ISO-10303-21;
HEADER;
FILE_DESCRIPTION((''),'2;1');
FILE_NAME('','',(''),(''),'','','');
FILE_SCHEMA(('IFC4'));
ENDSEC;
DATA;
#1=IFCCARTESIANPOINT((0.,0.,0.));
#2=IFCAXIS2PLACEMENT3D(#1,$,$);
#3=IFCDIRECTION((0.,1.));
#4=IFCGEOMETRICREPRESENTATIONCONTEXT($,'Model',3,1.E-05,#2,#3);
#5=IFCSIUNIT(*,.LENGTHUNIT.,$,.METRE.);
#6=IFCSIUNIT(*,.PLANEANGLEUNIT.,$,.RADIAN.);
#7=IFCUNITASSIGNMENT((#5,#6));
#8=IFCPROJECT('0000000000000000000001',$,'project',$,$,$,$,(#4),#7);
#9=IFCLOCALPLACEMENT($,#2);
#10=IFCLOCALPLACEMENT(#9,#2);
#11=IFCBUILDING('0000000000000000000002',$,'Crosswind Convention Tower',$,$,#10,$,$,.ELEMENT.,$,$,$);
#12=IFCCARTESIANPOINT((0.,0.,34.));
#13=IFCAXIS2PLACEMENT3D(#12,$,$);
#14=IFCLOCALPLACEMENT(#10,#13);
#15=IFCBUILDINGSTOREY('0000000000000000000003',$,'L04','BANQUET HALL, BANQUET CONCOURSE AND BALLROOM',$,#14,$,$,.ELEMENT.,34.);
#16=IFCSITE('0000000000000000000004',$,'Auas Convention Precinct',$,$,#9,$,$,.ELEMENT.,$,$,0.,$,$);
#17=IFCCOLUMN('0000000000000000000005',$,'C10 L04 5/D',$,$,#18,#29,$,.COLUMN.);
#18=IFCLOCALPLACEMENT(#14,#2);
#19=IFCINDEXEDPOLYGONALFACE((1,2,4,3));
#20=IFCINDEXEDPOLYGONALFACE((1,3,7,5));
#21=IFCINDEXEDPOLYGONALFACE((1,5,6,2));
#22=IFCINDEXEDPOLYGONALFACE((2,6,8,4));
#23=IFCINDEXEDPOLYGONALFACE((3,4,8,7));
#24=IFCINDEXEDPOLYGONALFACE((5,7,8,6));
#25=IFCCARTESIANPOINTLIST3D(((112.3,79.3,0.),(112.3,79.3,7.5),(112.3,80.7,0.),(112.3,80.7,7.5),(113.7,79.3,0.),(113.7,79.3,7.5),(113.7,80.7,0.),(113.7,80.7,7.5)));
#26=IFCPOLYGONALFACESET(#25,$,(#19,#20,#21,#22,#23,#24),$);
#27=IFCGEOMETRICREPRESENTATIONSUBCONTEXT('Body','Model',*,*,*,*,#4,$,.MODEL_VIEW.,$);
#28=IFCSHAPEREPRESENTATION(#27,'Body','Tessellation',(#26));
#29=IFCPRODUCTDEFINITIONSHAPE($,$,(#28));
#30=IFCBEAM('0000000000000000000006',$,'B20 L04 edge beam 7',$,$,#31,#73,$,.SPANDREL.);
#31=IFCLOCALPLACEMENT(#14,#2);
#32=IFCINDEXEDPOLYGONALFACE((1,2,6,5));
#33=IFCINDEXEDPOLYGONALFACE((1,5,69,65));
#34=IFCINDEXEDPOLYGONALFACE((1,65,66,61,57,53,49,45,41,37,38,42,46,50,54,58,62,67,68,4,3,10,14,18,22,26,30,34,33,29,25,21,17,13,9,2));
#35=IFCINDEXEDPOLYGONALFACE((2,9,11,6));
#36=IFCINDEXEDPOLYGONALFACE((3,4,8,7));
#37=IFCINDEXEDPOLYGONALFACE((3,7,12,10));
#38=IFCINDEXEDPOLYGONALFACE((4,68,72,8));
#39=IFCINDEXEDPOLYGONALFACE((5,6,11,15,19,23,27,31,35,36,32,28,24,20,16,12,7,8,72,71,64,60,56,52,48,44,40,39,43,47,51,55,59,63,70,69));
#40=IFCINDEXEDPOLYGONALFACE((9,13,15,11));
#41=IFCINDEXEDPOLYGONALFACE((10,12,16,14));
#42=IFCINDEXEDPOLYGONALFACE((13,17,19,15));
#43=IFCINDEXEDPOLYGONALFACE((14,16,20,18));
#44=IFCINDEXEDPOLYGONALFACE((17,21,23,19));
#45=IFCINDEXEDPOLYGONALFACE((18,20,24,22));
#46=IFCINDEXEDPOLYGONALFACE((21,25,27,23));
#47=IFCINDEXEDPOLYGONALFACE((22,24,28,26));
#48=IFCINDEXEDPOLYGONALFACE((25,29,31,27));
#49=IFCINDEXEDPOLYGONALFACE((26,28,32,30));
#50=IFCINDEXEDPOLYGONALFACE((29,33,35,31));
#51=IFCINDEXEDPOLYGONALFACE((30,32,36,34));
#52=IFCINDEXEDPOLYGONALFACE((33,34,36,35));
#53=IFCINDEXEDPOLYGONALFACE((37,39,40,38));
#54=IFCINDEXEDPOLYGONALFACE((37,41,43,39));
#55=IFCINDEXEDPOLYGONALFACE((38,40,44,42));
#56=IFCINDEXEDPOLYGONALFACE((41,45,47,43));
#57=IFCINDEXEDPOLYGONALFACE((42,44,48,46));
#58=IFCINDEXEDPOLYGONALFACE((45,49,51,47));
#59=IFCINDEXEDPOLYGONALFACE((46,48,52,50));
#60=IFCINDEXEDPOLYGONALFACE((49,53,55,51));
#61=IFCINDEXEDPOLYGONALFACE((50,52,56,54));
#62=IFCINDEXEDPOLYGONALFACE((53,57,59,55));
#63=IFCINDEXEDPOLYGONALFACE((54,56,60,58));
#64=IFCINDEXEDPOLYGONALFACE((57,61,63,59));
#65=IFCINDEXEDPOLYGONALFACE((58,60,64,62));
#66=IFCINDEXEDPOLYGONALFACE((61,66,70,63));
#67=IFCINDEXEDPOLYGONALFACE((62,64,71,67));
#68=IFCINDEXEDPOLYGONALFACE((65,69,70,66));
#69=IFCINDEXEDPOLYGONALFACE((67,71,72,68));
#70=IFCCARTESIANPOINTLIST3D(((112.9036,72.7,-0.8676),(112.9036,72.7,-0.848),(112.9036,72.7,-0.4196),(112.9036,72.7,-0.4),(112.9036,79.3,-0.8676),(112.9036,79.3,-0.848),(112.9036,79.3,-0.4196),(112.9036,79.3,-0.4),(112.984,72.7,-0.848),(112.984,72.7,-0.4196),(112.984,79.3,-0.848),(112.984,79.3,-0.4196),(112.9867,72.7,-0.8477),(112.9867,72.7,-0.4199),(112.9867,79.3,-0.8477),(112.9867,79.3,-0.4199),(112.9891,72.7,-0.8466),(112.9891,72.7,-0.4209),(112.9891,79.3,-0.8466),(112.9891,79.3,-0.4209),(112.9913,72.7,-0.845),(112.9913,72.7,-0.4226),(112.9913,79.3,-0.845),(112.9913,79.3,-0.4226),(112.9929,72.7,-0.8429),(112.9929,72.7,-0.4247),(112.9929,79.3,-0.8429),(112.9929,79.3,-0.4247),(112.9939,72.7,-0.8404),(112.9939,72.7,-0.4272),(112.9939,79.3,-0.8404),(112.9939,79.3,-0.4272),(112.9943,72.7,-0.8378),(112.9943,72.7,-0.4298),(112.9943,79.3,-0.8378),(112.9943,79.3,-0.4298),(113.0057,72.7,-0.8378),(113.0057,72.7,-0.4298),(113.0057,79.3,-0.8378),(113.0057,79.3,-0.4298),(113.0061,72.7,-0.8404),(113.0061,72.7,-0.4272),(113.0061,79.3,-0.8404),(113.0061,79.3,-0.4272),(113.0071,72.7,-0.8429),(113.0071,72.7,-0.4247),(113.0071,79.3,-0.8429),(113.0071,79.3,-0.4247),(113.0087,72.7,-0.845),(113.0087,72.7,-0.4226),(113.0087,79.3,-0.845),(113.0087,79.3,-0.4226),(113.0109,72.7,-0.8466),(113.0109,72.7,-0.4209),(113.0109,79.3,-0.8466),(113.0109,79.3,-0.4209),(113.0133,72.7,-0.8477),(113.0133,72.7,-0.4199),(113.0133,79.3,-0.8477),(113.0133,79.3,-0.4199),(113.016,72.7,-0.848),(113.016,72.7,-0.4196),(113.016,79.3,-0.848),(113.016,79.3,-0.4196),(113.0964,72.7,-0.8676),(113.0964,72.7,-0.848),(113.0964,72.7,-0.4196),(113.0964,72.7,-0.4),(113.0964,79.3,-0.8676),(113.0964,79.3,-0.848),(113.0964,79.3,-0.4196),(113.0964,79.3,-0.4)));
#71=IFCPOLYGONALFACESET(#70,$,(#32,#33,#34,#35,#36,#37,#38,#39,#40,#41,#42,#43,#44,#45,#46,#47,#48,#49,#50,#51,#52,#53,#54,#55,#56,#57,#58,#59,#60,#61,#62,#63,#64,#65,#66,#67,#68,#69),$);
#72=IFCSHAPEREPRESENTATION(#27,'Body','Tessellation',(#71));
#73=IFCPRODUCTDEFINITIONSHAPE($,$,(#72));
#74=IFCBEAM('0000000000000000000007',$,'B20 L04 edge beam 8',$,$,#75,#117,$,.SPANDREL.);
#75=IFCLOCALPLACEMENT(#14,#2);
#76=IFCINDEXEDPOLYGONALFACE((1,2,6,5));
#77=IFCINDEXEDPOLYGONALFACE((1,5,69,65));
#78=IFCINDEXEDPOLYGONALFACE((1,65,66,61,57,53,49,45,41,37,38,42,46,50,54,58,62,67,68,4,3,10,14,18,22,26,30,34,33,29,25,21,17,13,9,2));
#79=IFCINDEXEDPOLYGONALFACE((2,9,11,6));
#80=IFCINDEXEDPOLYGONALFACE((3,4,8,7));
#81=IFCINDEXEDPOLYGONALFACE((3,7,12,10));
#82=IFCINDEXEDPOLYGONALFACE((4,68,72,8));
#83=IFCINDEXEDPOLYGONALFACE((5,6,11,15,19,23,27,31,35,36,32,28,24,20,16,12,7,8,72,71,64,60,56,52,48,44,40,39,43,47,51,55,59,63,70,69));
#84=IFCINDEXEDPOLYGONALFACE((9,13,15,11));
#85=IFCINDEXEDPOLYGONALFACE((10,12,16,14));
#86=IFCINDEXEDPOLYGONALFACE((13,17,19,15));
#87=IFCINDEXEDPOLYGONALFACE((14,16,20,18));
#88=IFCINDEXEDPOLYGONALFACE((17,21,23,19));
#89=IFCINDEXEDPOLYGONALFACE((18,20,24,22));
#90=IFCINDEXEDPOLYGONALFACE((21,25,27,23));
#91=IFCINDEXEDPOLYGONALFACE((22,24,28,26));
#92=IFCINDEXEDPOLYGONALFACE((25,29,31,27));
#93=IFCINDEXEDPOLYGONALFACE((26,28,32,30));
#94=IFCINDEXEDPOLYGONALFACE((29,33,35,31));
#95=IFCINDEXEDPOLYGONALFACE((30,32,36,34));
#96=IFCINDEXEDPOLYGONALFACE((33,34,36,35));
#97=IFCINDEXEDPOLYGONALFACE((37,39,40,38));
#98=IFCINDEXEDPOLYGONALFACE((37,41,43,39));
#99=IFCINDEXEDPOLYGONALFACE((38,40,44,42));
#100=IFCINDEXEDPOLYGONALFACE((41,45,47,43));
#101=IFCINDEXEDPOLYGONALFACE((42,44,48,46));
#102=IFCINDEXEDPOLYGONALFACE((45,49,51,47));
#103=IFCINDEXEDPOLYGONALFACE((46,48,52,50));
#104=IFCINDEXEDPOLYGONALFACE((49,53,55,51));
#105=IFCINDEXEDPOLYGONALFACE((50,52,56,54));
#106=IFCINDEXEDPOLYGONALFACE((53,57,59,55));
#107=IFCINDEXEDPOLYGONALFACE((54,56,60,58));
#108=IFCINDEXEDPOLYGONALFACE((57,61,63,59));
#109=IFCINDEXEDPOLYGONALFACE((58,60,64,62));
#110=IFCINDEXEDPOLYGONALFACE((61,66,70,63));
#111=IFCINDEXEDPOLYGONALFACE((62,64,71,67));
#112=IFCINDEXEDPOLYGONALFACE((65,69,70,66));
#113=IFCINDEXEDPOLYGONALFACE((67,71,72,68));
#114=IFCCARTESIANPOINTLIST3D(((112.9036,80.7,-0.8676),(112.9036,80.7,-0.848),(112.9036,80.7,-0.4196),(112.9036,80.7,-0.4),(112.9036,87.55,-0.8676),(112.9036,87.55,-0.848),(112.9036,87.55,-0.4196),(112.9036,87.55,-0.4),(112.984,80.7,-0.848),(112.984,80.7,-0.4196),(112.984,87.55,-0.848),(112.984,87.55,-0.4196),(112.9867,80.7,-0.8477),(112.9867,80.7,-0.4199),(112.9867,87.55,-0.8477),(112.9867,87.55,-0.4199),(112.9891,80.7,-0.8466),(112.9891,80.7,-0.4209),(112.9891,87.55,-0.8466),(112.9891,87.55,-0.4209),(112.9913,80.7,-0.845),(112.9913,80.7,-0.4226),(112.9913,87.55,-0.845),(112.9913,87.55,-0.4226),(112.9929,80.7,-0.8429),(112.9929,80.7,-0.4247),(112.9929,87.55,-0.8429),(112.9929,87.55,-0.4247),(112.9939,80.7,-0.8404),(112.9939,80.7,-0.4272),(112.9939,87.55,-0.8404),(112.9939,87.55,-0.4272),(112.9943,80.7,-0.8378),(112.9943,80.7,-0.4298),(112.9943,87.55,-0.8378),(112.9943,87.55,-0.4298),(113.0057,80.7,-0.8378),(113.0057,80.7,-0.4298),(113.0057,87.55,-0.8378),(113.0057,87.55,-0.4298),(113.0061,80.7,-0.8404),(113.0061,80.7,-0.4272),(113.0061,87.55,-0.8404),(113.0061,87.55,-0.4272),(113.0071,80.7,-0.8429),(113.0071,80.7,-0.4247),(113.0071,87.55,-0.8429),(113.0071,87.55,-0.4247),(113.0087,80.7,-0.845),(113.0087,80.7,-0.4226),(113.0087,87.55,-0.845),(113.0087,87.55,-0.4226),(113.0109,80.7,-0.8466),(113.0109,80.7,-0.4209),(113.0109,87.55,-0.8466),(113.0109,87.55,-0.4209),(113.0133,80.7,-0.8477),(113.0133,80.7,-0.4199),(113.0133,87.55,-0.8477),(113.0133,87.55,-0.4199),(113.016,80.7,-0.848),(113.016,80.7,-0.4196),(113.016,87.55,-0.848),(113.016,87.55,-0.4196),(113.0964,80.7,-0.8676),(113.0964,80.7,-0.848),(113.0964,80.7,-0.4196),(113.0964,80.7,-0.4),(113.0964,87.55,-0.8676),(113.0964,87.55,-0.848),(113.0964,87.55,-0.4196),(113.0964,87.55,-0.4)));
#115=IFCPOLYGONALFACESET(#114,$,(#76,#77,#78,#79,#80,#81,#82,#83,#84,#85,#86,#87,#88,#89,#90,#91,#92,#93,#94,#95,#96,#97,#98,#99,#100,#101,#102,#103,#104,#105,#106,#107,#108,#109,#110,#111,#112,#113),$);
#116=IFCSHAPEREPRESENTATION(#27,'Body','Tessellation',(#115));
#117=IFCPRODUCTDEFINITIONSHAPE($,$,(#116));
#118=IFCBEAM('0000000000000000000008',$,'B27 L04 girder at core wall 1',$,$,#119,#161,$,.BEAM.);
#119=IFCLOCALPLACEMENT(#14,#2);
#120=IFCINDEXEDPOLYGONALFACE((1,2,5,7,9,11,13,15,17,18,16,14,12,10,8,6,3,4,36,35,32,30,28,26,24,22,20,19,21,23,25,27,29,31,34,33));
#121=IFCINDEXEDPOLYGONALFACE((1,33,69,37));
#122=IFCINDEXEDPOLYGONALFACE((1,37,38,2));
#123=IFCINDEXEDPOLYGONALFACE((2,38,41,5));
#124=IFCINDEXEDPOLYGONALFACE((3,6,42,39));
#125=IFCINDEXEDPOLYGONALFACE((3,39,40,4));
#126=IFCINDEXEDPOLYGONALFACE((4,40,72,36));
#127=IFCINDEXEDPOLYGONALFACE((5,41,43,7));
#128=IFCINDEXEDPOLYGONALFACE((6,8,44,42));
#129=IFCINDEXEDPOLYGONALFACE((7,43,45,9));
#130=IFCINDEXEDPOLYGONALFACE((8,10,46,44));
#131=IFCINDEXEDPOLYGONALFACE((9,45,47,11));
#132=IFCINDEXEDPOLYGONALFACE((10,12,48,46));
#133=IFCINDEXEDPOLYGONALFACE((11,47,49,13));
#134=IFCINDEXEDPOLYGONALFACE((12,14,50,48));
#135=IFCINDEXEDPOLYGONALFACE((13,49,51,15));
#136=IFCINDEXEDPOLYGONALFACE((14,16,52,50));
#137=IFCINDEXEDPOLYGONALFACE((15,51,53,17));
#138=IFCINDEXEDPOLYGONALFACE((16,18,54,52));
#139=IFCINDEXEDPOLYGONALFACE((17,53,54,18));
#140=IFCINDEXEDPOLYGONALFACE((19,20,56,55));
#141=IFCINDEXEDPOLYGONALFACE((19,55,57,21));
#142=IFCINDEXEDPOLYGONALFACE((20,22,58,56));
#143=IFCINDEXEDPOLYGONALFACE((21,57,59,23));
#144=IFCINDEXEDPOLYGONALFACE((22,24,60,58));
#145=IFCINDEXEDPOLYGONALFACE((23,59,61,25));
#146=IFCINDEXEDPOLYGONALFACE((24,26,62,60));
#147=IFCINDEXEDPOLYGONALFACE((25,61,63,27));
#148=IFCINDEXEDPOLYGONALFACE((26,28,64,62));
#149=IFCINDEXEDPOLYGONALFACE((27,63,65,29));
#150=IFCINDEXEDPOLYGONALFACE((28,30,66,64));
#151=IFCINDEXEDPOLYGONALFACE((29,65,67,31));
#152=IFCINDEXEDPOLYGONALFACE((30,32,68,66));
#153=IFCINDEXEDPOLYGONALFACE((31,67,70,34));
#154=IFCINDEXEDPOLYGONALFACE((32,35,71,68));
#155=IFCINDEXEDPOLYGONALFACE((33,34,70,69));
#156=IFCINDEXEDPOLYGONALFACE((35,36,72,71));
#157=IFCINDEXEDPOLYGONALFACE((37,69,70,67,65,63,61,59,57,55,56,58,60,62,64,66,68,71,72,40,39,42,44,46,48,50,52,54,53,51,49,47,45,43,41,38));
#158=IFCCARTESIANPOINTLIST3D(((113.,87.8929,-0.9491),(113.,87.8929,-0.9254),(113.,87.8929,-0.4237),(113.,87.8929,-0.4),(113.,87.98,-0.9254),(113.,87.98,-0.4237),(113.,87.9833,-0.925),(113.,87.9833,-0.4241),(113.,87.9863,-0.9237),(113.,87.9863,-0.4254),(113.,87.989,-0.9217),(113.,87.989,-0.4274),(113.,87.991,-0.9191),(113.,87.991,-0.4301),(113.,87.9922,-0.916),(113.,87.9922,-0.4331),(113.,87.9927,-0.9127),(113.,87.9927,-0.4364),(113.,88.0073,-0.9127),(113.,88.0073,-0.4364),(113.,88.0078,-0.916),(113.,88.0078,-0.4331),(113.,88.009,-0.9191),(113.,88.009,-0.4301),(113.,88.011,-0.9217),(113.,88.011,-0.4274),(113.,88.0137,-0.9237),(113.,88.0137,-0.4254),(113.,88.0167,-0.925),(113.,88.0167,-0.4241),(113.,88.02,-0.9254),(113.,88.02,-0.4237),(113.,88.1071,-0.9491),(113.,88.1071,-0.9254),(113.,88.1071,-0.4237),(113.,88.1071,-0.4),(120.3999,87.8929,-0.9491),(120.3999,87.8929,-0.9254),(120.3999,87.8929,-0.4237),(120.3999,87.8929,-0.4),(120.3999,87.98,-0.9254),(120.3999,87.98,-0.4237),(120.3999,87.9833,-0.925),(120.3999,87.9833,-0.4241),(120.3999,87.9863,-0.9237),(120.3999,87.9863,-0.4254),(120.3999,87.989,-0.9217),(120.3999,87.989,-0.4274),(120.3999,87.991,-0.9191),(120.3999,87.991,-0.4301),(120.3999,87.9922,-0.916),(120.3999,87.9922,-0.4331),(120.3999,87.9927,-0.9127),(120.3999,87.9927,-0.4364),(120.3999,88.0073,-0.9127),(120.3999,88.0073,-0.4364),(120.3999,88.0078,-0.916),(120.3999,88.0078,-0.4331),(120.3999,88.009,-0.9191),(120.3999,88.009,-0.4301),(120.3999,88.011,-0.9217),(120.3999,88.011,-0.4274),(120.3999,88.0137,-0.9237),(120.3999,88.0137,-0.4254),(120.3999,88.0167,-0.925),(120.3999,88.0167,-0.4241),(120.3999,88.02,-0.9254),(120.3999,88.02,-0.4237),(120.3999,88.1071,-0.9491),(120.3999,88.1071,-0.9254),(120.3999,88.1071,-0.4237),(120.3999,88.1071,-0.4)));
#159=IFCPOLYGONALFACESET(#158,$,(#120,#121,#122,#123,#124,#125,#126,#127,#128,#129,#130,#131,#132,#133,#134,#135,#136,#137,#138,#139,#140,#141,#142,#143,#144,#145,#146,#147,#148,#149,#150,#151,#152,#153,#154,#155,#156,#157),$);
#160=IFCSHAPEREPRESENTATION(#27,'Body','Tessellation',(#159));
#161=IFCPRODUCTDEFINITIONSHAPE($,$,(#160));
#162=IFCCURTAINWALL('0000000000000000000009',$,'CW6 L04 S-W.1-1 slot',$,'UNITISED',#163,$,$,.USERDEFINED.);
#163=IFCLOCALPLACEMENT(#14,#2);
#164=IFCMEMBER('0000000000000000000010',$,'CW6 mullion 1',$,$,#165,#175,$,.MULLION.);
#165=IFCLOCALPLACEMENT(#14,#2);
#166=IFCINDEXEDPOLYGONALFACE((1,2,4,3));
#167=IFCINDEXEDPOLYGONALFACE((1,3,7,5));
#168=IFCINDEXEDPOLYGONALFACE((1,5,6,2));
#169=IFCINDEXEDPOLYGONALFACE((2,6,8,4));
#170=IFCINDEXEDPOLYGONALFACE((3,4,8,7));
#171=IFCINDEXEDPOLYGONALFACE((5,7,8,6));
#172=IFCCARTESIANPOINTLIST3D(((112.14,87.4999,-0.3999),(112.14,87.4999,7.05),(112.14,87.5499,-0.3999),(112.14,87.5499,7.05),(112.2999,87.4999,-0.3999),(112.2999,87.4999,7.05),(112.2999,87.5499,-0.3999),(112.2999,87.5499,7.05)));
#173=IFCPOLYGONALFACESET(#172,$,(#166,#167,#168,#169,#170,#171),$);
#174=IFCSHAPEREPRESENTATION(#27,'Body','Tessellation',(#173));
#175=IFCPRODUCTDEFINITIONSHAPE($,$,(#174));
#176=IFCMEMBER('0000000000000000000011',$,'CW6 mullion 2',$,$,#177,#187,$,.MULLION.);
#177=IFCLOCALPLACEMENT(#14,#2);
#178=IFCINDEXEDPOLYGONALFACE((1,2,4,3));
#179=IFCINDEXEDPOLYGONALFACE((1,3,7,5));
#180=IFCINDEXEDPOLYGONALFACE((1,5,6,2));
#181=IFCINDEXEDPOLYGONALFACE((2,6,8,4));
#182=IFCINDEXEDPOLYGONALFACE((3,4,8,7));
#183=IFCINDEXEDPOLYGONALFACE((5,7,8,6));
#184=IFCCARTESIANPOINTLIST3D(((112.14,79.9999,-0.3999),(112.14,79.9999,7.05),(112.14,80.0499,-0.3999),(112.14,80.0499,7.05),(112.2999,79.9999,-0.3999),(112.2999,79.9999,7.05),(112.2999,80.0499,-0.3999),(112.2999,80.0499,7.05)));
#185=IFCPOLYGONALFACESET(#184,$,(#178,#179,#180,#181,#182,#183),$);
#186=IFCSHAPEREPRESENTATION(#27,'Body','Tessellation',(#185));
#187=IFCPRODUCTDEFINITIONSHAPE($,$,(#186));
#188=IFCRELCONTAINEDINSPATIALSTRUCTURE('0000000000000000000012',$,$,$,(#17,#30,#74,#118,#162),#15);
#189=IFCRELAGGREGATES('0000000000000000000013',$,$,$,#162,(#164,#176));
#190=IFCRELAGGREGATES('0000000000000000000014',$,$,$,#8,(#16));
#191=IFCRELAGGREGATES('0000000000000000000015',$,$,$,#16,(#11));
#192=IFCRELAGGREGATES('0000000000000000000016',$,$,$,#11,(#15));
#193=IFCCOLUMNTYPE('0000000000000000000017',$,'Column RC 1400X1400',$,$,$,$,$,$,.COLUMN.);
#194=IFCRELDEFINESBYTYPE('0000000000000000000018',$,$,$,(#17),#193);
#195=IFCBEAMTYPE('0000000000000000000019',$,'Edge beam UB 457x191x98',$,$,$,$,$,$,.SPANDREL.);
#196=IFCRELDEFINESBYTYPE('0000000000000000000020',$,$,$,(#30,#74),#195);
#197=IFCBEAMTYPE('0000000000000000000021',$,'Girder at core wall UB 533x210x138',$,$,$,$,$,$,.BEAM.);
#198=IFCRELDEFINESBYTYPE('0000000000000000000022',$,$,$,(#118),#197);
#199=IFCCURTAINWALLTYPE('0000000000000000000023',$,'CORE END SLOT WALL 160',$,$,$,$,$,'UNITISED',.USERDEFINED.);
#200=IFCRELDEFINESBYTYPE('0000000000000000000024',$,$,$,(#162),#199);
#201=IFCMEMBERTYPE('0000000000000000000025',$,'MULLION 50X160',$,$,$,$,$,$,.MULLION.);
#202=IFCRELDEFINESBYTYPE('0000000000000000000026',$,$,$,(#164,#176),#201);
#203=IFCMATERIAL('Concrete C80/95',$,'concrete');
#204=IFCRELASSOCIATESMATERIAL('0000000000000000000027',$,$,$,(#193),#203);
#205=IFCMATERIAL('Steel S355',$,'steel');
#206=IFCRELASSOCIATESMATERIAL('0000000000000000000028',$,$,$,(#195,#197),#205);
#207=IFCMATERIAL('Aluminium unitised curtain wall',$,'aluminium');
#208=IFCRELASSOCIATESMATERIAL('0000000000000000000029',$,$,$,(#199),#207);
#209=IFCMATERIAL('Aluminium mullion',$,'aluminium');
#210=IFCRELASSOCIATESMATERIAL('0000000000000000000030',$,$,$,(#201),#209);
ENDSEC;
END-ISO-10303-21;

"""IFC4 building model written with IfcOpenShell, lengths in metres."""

from ifc_helpers import new_model, si_unit, direction, frame, origin, origin_2d, place, context, subcontext, project, spatial, rectangle, i_section, extrude, material, material_profile, profile_set, type_object, element, aggregate, save


model = new_model("IFC4")

# Units and contexts
model_context = context("Model", 3, precision=1e-05, world=origin(), true_north=direction((0.0, 1.0)))
body_context = subcontext(model_context, "Body", "Model", "MODEL_VIEW")
ifc_project = project(units=[si_unit("LENGTHUNIT", "METRE"), si_unit("PLANEANGLEUNIT", "RADIAN")], contexts=[model_context])

# Site, building, storey
site_placement = place(None, origin())
site = spatial("IfcSite", under=ifc_project, at=site_placement, Name="Auas Convention Precinct", CompositionType="ELEMENT", RefElevation=0.0)
building_placement = place(site_placement, origin())
building = spatial("IfcBuilding", under=site, at=building_placement, Name="Crosswind Convention Tower", CompositionType="ELEMENT")
storey_placement = place(building_placement, frame((0.0, 0.0, 34.0)))
storey = spatial("IfcBuildingStorey", under=building, at=storey_placement, Name="L04", Description="BANQUET HALL, BANQUET CONCOURSE AND BALLROOM", CompositionType="ELEMENT", Elevation=34.0)

# Column
ifc_material_1 = material(Name="Concrete C80/95", Category="concrete")
ifc_material_profile_1 = material_profile(ifc_material_1, rectangle(XDim=1.3999, YDim=1.3999, at=origin_2d()), Name="RC 1400X1400")
ifc_profile_set_1 = profile_set([ifc_material_profile_1], Name="Concrete C80/95")
column_type = type_object("IfcColumnType", Name="Column RC 1400X1400", PredefinedType="COLUMN", material=ifc_profile_set_1)
column_placement = place(storey_placement, frame((113.0, 80.0, 0.0), z_axis=(0.0, 0.0, 1.0), x_axis=(1.0, 0.0, 0.0)))
element("IfcColumn", 1, at=column_placement, inside=storey, type_object=column_type, Name="C10 L04 5/D", PredefinedType="COLUMN", context=body_context, shape_type="SweptSolid", body=[
    extrude(rectangle(XDim=1.3999, YDim=1.3999, at=origin_2d()), origin(), (0.0, 0.0, 1.0), 7.5),
])

# Beams
ifc_material_2 = material(Name="Steel S355", Category="steel")
ifc_material_profile_2 = material_profile(ifc_material_2, i_section(OverallWidth=0.1929, OverallDepth=0.4675, WebThickness=0.0115, FlangeThickness=0.0195, FilletRadius=0.0103, at=origin_2d()), Name="UB 457x191x98")
ifc_profile_set_2 = profile_set([ifc_material_profile_2], Name="Steel S355")
beam_type_1 = type_object("IfcBeamType", Name="Edge beam UB 457x191x98", PredefinedType="SPANDREL", material=ifc_profile_set_2)
beam_1_placement = place(storey_placement, frame((113.0, 72.7, -0.6338), z_axis=(0.0, 1.0, 0.0), x_axis=(-1.0, 0.0, 0.0)))
element("IfcBeam", 2, at=beam_1_placement, inside=storey, type_object=beam_type_1, Name="B20 L04 edge beam 7", PredefinedType="SPANDREL", context=body_context, shape_type="SweptSolid", body=[
    extrude(i_section(OverallWidth=0.1929, OverallDepth=0.4675, WebThickness=0.0115, FlangeThickness=0.0195, FilletRadius=0.0103, at=origin_2d()), origin(), (0.0, 0.0, 1.0), 6.6001),
])
beam_2_placement = place(storey_placement, frame((113.0, 80.7, -0.6338), z_axis=(0.0, 1.0, 0.0), x_axis=(-1.0, 0.0, 0.0)))
element("IfcBeam", 3, at=beam_2_placement, inside=storey, type_object=beam_type_1, Name="B20 L04 edge beam 8", PredefinedType="SPANDREL", context=body_context, shape_type="SweptSolid", body=[
    extrude(i_section(OverallWidth=0.1929, OverallDepth=0.4675, WebThickness=0.0115, FlangeThickness=0.0195, FilletRadius=0.0103, at=origin_2d()), origin(), (0.0, 0.0, 1.0), 6.8501),
])
ifc_material_profile_3 = material_profile(ifc_material_2, i_section(OverallWidth=0.2141, OverallDepth=0.5491, WebThickness=0.0146, FlangeThickness=0.0237, FilletRadius=0.0127, at=origin_2d()), Name="UB 533x210x138")
ifc_profile_set_3 = profile_set([ifc_material_profile_3], Name="Steel S355")
beam_type_2 = type_object("IfcBeamType", Name="Girder at core wall UB 533x210x138", PredefinedType="BEAM", material=ifc_profile_set_3)
beam_3_placement = place(storey_placement, frame((113.0, 88.0, -0.6746), z_axis=(1.0, 0.0, 0.0), x_axis=(0.0, 1.0, 0.0)))
element("IfcBeam", 4, at=beam_3_placement, inside=storey, type_object=beam_type_2, Name="B27 L04 girder at core wall 1", PredefinedType="BEAM", context=body_context, shape_type="SweptSolid", body=[
    extrude(i_section(OverallWidth=0.2141, OverallDepth=0.5491, WebThickness=0.0146, FlangeThickness=0.0237, FilletRadius=0.0127, at=origin_2d()), origin(), (0.0, 0.0, 1.0), 7.3999),
])

# Curtain wall, members
ifc_material_3 = material(Name="Aluminium unitised curtain wall", Category="aluminium")
curtain_wall_type_1 = type_object("IfcCurtainWallType", Name="CORE END SLOT WALL 160", ElementType="UNITISED", PredefinedType="USERDEFINED", material=ifc_material_3)
curtain_wall_1_placement = place(storey_placement, origin())
curtain_wall_1 = element("IfcCurtainWall", 5, at=curtain_wall_1_placement, inside=storey, type_object=curtain_wall_type_1, Name="CW6 L04 S-W.1-1 slot", ObjectType="UNITISED", PredefinedType="USERDEFINED")
ifc_material_4 = material(Name="Aluminium mullion", Category="aluminium")
ifc_material_profile_4 = material_profile(ifc_material_4, rectangle(XDim=0.1599, YDim=0.05, at=origin_2d()), Name="AL 160X50")
ifc_profile_set_4 = profile_set([ifc_material_profile_4], Name="Aluminium mullion")
member_type_1 = type_object("IfcMemberType", Name="MULLION 50X160", PredefinedType="MULLION", material=ifc_profile_set_4)
member_1_placement = place(storey_placement, frame((112.22, 87.5249, -0.3999), z_axis=(0.0, 0.0, 1.0), x_axis=(-1.0, 0.0, 0.0)))
member_1 = element("IfcMember", 6, at=member_1_placement, type_object=member_type_1, Name="CW6 mullion 1", PredefinedType="MULLION", context=body_context, shape_type="SweptSolid", body=[
    extrude(rectangle(XDim=0.1599, YDim=0.05, at=origin_2d()), origin(), (0.0, 0.0, 1.0), 7.45),
])
member_2_placement = place(storey_placement, frame((112.22, 80.0249, -0.3999), z_axis=(0.0, 0.0, 1.0), x_axis=(-1.0, 0.0, 0.0)))
member_2 = element("IfcMember", 7, at=member_2_placement, type_object=member_type_1, Name="CW6 mullion 2", PredefinedType="MULLION", context=body_context, shape_type="SweptSolid", body=[
    extrude(rectangle(XDim=0.1599, YDim=0.05, at=origin_2d()), origin(), (0.0, 0.0, 1.0), 7.45),
])

aggregate(curtain_wall_1, [member_1, member_2])

save(model, "model.ifc")
